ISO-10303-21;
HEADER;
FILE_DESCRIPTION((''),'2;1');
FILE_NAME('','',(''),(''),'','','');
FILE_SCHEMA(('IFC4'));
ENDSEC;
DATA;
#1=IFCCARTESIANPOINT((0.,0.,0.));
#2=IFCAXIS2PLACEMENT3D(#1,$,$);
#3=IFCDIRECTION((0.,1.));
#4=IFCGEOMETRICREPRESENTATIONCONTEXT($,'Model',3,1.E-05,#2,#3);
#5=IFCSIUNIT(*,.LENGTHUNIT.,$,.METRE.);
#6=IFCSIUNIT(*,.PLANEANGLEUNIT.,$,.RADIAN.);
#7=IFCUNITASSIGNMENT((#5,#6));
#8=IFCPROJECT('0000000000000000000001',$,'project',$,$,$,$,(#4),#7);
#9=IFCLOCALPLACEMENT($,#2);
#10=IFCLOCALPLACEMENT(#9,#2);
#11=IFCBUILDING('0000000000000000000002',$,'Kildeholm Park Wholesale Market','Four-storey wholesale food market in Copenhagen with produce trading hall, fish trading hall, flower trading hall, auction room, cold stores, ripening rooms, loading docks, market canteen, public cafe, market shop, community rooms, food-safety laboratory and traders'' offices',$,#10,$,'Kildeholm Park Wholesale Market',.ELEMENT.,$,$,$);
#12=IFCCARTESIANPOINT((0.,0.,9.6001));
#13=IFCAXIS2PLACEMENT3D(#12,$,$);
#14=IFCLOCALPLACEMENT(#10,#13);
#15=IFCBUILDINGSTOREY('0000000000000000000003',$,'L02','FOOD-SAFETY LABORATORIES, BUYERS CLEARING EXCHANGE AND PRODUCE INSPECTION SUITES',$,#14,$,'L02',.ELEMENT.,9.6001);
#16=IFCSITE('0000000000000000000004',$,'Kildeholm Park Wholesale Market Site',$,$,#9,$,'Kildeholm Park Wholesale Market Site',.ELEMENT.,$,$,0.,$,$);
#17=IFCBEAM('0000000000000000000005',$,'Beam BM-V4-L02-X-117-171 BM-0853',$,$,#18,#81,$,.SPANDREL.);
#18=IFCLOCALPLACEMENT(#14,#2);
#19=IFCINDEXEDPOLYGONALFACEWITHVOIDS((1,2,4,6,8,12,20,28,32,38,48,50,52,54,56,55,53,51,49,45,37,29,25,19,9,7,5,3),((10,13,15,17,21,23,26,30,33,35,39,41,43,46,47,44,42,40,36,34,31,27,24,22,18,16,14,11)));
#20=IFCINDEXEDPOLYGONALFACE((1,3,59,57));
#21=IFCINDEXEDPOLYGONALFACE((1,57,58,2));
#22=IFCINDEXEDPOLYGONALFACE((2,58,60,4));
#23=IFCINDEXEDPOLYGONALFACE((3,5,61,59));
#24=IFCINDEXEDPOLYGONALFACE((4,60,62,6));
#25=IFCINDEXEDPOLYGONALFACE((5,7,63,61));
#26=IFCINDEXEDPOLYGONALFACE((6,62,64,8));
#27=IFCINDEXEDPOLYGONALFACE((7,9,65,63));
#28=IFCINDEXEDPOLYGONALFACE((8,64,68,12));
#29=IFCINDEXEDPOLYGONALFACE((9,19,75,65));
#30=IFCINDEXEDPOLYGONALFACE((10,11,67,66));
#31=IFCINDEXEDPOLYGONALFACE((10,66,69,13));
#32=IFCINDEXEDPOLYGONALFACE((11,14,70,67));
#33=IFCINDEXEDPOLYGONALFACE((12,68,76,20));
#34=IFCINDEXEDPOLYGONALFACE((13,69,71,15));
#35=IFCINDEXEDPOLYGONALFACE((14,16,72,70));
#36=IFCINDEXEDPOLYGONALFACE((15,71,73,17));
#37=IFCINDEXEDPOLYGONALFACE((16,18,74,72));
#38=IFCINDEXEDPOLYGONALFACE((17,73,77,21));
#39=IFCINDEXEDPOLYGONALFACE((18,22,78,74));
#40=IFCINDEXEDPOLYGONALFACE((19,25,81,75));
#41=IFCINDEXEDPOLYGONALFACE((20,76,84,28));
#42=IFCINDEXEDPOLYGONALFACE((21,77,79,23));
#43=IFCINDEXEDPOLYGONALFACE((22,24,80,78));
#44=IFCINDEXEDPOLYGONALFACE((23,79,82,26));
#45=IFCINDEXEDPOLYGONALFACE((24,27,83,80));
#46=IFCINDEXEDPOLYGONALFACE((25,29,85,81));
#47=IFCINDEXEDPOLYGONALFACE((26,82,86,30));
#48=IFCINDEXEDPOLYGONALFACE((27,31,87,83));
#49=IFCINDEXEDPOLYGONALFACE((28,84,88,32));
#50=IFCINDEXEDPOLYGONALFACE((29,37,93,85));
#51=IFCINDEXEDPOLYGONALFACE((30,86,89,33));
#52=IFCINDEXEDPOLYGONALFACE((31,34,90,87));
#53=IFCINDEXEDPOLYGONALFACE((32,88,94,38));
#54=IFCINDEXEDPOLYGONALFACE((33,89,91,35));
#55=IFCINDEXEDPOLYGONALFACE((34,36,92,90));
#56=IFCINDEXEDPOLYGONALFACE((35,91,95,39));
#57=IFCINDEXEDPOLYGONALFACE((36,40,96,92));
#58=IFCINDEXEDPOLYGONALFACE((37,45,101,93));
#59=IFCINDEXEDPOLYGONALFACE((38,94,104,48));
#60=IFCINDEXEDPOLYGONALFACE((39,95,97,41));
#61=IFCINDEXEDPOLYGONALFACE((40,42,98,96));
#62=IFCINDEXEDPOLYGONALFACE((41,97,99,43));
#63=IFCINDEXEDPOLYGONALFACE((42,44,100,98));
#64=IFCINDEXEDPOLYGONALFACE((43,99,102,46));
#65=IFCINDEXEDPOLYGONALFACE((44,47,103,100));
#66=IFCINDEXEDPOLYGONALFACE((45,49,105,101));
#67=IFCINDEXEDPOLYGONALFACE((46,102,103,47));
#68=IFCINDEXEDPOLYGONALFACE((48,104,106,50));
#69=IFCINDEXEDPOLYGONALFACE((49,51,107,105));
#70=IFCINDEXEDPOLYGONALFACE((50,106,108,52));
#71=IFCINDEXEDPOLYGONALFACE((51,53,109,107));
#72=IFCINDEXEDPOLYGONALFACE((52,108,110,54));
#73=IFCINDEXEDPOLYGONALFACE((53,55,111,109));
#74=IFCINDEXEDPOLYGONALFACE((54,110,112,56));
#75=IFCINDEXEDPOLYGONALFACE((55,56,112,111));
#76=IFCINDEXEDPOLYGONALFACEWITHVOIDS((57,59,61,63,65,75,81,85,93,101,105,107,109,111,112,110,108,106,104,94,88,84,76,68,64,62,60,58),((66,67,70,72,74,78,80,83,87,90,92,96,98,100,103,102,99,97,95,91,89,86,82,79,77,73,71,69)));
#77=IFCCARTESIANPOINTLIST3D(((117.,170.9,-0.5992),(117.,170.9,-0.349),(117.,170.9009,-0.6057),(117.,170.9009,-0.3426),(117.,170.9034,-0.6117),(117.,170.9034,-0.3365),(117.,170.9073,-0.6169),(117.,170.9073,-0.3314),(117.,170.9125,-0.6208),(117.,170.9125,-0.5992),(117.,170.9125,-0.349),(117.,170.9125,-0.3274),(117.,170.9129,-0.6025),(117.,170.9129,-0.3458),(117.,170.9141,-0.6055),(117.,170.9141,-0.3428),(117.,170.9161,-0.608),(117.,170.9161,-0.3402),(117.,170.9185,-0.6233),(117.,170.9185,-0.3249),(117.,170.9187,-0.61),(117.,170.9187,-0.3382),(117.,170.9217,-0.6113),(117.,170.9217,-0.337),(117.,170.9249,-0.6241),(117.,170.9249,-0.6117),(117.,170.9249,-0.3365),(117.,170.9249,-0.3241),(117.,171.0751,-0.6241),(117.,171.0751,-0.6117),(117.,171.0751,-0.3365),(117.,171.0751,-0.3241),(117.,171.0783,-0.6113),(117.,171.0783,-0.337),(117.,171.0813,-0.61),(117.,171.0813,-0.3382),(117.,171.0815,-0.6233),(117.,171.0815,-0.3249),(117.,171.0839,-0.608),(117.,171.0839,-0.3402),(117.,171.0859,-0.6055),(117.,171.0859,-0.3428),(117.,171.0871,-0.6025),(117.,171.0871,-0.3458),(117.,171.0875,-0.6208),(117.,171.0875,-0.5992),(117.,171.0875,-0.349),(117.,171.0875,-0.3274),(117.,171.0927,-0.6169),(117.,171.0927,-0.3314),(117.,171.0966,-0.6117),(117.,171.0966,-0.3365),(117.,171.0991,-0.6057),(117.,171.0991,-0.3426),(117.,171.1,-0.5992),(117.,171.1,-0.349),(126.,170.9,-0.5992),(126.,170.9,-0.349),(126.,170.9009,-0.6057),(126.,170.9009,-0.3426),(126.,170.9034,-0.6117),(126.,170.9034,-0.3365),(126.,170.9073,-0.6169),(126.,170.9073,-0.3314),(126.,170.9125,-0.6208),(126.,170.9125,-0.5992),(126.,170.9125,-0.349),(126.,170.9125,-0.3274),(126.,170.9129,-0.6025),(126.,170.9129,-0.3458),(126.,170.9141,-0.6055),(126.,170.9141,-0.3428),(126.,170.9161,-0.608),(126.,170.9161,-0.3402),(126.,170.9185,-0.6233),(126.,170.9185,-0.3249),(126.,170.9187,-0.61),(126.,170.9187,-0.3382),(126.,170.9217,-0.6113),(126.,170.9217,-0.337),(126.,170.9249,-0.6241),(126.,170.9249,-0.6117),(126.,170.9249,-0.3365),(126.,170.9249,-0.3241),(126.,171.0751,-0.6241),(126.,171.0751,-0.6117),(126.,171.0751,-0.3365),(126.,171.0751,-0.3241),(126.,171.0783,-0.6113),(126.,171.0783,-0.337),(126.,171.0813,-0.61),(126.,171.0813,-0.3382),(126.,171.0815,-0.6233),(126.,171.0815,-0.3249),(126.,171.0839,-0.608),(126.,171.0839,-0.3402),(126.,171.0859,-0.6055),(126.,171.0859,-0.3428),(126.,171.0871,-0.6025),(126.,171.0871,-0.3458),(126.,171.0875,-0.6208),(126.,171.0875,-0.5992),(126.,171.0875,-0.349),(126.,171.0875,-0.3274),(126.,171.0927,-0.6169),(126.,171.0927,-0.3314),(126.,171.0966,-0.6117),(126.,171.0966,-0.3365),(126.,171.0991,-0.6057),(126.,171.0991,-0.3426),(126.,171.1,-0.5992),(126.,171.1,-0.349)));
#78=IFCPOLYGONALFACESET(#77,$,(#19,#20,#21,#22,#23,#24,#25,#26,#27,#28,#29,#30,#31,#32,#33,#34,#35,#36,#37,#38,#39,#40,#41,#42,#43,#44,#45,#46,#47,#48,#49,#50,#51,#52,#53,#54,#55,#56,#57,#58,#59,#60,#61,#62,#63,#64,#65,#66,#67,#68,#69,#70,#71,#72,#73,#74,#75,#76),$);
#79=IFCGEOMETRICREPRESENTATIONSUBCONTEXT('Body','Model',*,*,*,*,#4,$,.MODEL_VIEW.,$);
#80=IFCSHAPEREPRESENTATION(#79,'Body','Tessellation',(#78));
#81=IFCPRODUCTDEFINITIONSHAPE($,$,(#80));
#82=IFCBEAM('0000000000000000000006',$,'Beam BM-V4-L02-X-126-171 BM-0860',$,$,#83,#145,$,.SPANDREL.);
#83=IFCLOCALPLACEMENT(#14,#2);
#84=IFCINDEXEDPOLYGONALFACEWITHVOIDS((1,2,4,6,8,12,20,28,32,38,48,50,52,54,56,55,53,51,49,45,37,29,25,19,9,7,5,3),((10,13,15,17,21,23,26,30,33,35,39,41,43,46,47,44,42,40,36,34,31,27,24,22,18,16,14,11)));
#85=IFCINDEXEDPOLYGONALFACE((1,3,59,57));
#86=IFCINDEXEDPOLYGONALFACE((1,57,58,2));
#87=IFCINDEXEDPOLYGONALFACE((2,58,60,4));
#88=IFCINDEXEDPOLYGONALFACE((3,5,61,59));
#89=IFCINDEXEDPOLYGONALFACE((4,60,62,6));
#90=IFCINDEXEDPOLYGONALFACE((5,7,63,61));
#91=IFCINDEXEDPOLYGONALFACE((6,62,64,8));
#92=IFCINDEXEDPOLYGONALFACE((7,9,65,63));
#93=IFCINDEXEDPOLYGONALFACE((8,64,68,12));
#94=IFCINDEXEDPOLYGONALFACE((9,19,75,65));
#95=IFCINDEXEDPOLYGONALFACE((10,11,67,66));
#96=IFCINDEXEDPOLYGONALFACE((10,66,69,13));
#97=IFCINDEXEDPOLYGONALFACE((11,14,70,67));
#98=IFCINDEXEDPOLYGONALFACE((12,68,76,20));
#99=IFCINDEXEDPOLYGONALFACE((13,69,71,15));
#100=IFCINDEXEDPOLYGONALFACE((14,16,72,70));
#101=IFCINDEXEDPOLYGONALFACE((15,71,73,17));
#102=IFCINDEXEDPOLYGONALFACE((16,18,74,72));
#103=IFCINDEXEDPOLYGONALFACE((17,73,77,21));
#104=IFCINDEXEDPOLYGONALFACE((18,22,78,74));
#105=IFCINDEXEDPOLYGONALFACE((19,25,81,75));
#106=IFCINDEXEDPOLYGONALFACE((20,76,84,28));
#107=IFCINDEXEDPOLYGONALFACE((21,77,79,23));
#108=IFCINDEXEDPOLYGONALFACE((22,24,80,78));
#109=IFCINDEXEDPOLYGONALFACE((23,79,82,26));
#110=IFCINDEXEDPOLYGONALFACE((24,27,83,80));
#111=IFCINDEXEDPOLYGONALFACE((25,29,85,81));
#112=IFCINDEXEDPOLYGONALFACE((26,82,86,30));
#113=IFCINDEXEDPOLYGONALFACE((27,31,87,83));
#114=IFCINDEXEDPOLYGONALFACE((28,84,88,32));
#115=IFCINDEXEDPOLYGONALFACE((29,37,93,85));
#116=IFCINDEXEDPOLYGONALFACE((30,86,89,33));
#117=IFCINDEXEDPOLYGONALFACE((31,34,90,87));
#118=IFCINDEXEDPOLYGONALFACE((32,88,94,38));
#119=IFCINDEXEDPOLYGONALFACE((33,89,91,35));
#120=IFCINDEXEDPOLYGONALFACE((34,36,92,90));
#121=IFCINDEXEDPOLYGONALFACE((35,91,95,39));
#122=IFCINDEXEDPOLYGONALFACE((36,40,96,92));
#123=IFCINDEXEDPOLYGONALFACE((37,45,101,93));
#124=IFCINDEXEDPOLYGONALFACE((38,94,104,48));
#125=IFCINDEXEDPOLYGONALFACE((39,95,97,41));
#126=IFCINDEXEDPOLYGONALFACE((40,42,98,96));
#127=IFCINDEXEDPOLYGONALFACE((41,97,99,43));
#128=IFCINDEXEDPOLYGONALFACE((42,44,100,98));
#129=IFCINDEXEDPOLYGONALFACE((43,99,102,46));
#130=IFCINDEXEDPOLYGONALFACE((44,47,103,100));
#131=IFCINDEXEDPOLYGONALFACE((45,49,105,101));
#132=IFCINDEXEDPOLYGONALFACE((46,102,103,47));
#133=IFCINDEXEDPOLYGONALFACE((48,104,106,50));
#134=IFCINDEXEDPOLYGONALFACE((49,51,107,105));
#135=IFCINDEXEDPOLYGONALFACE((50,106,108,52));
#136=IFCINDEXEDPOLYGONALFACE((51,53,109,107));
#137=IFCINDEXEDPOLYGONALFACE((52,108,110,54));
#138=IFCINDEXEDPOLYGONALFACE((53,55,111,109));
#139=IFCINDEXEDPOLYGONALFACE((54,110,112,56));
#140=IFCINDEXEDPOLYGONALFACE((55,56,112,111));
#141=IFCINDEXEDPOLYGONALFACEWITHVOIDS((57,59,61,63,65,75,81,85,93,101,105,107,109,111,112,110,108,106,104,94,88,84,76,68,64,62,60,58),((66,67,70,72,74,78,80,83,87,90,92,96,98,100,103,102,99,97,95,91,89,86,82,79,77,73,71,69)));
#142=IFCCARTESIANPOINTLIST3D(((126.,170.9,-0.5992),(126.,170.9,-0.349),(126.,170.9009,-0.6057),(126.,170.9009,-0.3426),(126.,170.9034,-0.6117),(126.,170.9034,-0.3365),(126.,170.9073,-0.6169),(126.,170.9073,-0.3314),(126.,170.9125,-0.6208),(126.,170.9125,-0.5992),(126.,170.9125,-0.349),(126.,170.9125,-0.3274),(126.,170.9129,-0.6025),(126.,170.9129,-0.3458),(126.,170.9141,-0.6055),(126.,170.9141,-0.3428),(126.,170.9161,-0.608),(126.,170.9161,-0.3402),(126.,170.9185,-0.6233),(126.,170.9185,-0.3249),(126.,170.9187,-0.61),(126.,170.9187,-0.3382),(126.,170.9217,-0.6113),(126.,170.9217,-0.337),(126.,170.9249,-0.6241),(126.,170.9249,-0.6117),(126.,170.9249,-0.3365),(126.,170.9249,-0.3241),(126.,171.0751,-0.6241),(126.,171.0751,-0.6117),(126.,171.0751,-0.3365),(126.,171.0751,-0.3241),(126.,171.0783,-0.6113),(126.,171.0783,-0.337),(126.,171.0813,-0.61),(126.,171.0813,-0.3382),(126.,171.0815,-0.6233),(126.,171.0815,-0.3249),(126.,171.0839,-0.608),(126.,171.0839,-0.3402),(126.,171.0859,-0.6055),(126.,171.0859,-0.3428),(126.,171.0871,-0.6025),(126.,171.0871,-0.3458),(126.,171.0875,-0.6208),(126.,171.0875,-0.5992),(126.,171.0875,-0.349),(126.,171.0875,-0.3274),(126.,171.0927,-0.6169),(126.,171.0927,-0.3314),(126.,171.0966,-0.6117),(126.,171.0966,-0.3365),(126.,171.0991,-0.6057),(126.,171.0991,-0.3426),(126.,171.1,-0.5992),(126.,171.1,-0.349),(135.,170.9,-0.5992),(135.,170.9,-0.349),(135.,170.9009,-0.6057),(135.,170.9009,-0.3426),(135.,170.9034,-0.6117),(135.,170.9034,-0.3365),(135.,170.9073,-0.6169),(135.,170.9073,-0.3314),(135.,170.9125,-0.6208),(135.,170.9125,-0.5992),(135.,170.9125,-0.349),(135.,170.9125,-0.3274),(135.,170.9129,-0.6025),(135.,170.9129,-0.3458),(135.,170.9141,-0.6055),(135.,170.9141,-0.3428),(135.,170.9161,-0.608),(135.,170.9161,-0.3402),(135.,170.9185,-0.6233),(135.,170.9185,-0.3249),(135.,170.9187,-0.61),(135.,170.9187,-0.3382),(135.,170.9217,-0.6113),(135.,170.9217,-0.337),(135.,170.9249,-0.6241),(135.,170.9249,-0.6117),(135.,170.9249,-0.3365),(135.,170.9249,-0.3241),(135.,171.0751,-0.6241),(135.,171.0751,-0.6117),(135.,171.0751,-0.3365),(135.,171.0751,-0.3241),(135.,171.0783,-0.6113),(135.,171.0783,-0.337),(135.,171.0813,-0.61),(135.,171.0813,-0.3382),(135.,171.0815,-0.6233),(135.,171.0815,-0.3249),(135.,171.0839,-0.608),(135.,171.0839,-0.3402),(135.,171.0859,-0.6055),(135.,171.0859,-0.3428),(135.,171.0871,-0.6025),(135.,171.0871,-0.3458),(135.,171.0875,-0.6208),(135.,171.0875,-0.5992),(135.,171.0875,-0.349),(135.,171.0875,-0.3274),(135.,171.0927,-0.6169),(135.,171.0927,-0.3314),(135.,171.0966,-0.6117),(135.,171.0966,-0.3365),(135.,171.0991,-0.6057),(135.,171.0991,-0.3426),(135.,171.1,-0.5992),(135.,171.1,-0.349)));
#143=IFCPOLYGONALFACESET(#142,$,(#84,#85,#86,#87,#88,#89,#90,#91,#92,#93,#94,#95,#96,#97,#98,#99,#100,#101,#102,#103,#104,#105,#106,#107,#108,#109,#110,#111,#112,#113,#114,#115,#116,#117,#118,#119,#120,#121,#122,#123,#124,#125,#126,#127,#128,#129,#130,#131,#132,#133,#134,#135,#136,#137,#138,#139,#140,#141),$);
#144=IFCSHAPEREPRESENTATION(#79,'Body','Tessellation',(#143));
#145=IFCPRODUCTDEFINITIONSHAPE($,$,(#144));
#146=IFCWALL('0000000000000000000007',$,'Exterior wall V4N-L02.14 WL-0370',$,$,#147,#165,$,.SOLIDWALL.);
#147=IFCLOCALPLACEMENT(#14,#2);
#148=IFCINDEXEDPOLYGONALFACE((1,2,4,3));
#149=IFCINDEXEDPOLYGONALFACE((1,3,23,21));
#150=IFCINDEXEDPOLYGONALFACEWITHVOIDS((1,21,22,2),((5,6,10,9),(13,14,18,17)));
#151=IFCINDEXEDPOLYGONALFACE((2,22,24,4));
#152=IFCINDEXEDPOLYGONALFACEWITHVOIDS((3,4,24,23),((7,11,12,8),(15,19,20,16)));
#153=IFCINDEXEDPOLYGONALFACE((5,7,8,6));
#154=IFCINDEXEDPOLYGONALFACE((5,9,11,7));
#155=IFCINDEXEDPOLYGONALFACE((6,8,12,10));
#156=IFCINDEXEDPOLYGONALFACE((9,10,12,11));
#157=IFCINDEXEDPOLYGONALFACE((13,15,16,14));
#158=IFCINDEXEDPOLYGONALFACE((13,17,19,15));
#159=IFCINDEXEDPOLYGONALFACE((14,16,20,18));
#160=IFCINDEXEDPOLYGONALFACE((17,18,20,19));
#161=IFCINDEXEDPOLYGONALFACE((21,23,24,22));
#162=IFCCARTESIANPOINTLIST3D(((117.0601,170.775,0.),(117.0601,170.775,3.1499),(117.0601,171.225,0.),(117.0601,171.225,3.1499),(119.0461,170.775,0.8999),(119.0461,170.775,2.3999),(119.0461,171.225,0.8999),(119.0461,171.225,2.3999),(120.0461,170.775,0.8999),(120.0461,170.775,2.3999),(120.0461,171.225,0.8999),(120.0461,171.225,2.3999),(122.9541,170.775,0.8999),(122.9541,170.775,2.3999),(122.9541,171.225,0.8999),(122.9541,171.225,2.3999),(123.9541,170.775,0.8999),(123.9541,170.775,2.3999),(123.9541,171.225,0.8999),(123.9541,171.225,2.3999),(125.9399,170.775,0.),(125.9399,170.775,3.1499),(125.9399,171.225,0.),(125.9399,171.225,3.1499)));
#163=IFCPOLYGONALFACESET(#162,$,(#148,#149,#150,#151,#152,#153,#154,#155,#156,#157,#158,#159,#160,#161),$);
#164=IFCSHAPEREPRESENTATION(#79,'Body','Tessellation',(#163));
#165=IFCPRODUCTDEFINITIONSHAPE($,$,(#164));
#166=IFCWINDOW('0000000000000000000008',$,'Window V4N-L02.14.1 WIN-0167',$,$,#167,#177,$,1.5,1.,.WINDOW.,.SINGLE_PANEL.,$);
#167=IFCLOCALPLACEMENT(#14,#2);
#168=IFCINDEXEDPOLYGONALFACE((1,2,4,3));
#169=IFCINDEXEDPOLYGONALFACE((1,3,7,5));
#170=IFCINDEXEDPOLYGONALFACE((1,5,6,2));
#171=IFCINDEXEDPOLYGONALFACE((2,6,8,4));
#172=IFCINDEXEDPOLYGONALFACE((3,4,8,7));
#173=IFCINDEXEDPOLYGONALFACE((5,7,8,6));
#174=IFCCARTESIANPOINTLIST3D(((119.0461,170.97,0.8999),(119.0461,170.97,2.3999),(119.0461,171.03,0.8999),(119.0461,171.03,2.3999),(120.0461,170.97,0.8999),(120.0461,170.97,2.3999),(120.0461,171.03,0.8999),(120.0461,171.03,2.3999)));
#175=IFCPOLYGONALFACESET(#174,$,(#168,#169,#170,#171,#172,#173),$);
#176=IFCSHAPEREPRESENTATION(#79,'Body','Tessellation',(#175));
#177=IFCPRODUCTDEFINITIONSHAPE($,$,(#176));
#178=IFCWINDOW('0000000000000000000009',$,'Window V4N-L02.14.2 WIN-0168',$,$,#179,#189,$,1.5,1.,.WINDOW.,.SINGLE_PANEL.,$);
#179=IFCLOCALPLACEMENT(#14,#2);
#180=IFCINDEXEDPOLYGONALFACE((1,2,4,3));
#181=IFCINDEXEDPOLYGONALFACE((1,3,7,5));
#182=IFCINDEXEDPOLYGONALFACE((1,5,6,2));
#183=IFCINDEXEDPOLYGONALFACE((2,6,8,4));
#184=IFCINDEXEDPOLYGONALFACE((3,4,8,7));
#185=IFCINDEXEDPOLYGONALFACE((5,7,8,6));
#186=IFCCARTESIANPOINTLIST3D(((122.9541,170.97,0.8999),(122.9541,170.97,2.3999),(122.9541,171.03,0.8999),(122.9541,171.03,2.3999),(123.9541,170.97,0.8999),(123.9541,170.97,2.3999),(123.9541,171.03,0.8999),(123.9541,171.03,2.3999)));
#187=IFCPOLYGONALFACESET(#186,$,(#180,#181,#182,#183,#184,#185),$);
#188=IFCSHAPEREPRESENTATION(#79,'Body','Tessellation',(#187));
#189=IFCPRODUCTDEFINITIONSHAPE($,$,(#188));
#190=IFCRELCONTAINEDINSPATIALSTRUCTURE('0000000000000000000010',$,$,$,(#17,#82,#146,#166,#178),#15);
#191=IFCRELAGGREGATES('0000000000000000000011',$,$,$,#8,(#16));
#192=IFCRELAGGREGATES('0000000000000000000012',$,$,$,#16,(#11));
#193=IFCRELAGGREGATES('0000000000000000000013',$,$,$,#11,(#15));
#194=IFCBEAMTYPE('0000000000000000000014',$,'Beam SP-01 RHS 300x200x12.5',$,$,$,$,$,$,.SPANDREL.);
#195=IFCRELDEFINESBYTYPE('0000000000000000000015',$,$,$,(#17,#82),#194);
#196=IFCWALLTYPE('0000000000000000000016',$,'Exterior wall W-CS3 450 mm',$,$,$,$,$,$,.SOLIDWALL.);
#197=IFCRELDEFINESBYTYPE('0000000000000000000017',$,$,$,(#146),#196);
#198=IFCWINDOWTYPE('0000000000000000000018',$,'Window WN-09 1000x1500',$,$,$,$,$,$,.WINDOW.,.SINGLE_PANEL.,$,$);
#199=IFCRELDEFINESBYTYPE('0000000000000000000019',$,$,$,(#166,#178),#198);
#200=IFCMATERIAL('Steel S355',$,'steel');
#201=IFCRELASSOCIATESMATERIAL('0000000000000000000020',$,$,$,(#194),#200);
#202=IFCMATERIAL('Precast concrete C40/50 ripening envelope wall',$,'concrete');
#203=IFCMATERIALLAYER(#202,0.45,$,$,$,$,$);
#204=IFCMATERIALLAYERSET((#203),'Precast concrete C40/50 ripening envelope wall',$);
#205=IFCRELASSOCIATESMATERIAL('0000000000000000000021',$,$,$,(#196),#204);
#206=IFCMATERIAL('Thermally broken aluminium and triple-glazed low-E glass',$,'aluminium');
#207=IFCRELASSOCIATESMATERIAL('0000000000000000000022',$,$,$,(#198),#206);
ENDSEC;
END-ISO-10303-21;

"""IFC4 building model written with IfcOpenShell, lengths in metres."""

from ifc_helpers import new_model, si_unit, direction, frame, frame_2d, origin, origin_2d, place, context, subcontext, project, spatial, rectangle, hollow_rectangle, extrude, material, layer, layer_set, material_profile, profile_set, type_object, element, fill, save


model = new_model("IFC4")

# Units and contexts
model_context = context("Model", 3, precision=1e-05, world=origin(), true_north=direction((0.0, 1.0)))
body_context = subcontext(model_context, "Body", "Model", "MODEL_VIEW")
ifc_project = project(units=[si_unit("LENGTHUNIT", "METRE"), si_unit("PLANEANGLEUNIT", "RADIAN")], contexts=[model_context])

# Site, building, storey
site_placement = place(None, origin())
site = spatial("IfcSite", under=ifc_project, at=site_placement, Name="Kildeholm Park Wholesale Market Site", LongName="Kildeholm Park Wholesale Market Site", CompositionType="ELEMENT", RefElevation=0.0)
building_placement = place(site_placement, origin())
building = spatial("IfcBuilding", under=site, at=building_placement, Name="Kildeholm Park Wholesale Market", Description="Four-storey wholesale food market in Copenhagen with produce trading hall, fish trading hall, flower trading hall, auction room, cold stores, ripening rooms, loading docks, market canteen, public cafe, market shop, community rooms, food-safety laboratory and traders' offices", LongName="Kildeholm Park Wholesale Market", CompositionType="ELEMENT")
storey_placement = place(building_placement, frame((0.0, 0.0, 9.6001)))
storey = spatial("IfcBuildingStorey", under=building, at=storey_placement, Name="L02", Description="FOOD-SAFETY LABORATORIES, BUYERS CLEARING EXCHANGE AND PRODUCE INSPECTION SUITES", LongName="L02", CompositionType="ELEMENT", Elevation=9.6001)

# Beams
ifc_material_1 = material(Name="Steel S355", Category="steel")
ifc_material_profile_1 = material_profile(ifc_material_1, hollow_rectangle(XDim=0.2, YDim=0.3, WallThickness=0.0125, InnerFilletRadius=0.0125, OuterFilletRadius=0.0249, at=origin_2d()), Name="RHS 300x200x12.5")
ifc_profile_set_1 = profile_set([ifc_material_profile_1], Name="Steel S355")
beam_type_1 = type_object("IfcBeamType", Name="Beam SP-01 RHS 300x200x12.5", PredefinedType="SPANDREL", material=ifc_profile_set_1)
for number, where, z_axis, x_axis, name in (
    (1, (117.0, 171.0, -0.4741), (1.0, 0.0, 0.0), (0.0, 1.0, 0.0), "Beam BM-V4-L02-X-117-171 BM-0853"),
    (2, (126.0, 171.0, -0.4741), (1.0, 0.0, 0.0), (0.0, 1.0, 0.0), "Beam BM-V4-L02-X-126-171 BM-0860"),
):
    element("IfcBeam", number, at=place(storey_placement, frame(where, z_axis=z_axis, x_axis=x_axis)), inside=storey, type_object=beam_type_1, Name=name, PredefinedType="SPANDREL", context=body_context, shape_type="SweptSolid", body=[
        extrude(hollow_rectangle(XDim=0.2, YDim=0.3, WallThickness=0.0125, InnerFilletRadius=0.0125, OuterFilletRadius=0.0249, at=origin_2d()), origin(), (0.0, 0.0, 1.0), 9.0),
    ])

# Wall, openings, windows
ifc_material_2 = material(Name="Precast concrete C40/50 ripening envelope wall", Category="concrete")
ifc_layer_1 = layer(ifc_material_2, 0.45)
ifc_layer_set_1 = layer_set([ifc_layer_1], Name="Precast concrete C40/50 ripening envelope wall")
wall_type_1 = type_object("IfcWallType", Name="Exterior wall W-CS3 450 mm", PredefinedType="SOLIDWALL", material=ifc_layer_set_1)
wall_1_placement = place(storey_placement, frame((117.0601, 171.0, 0.0), z_axis=(0.0, 0.0, 1.0), x_axis=(1.0, 0.0, 0.0)))
wall_1 = element("IfcWall", 3, at=wall_1_placement, inside=storey, type_object=wall_type_1, Name="Exterior wall V4N-L02.14 WL-0370", PredefinedType="SOLIDWALL", context=body_context, shape_type="SweptSolid", body=[
    extrude(rectangle(XDim=8.8799, YDim=0.45, at=frame_2d((4.4399, 0.0))), origin(), (0.0, 0.0, 1.0), 3.1499),
])
opening_1_placement = place(wall_1_placement, frame((1.9861, 0.0, 0.8999)))
opening_1 = element("IfcOpeningElement", 4, at=opening_1_placement, cuts=wall_1, PredefinedType="OPENING", context=body_context, shape_type="SweptSolid", body=[
    extrude(rectangle(XDim=1.0, YDim=1.5, at=frame_2d((0.5, 0.75))), frame((0.0, 0.2349, 0.0), z_axis=(0.0, -1.0, 0.0), x_axis=(1.0, 0.0, 0.0)), (0.0, 0.0, 1.0), 0.47),
])
opening_2_placement = place(wall_1_placement, frame((5.894, 0.0, 0.8999)))
opening_2 = element("IfcOpeningElement", 5, at=opening_2_placement, cuts=wall_1, PredefinedType="OPENING", context=body_context, shape_type="SweptSolid", body=[
    extrude(rectangle(XDim=1.0, YDim=1.5, at=frame_2d((0.5, 0.75))), frame((0.0, 0.2349, 0.0), z_axis=(0.0, -1.0, 0.0), x_axis=(1.0, 0.0, 0.0)), (0.0, 0.0, 1.0), 0.47),
])
ifc_material_3 = material(Name="Thermally broken aluminium and triple-glazed low-E glass", Category="aluminium")
window_type_1 = type_object("IfcWindowType", Name="Window WN-09 1000x1500", PartitioningType="SINGLE_PANEL", PredefinedType="WINDOW", material=ifc_material_3)
window_1_placement = place(opening_1_placement, origin())
window_1 = element("IfcWindow", 6, at=window_1_placement, inside=storey, type_object=window_type_1, Name="Window V4N-L02.14.1 WIN-0167", OverallHeight=1.5, OverallWidth=1.0, PartitioningType="SINGLE_PANEL", PredefinedType="WINDOW", context=body_context, shape_type="SweptSolid", body=[
    extrude(rectangle(XDim=1.0, YDim=1.5, at=frame_2d((0.5, 0.75))), frame((0.0, 0.03, 0.0), z_axis=(0.0, -1.0, 0.0), x_axis=(1.0, 0.0, 0.0)), (0.0, 0.0, 1.0), 0.0601),
])
fill(opening_1, window_1)
window_2_placement = place(opening_2_placement, origin())
window_2 = element("IfcWindow", 7, at=window_2_placement, inside=storey, type_object=window_type_1, Name="Window V4N-L02.14.2 WIN-0168", OverallHeight=1.5, OverallWidth=1.0, PartitioningType="SINGLE_PANEL", PredefinedType="WINDOW", context=body_context, shape_type="SweptSolid", body=[
    extrude(rectangle(XDim=1.0, YDim=1.5, at=frame_2d((0.5, 0.75))), frame((0.0, 0.03, 0.0), z_axis=(0.0, -1.0, 0.0), x_axis=(1.0, 0.0, 0.0)), (0.0, 0.0, 1.0), 0.0601),
])
fill(opening_2, window_2)

save(model, "model.ifc")
